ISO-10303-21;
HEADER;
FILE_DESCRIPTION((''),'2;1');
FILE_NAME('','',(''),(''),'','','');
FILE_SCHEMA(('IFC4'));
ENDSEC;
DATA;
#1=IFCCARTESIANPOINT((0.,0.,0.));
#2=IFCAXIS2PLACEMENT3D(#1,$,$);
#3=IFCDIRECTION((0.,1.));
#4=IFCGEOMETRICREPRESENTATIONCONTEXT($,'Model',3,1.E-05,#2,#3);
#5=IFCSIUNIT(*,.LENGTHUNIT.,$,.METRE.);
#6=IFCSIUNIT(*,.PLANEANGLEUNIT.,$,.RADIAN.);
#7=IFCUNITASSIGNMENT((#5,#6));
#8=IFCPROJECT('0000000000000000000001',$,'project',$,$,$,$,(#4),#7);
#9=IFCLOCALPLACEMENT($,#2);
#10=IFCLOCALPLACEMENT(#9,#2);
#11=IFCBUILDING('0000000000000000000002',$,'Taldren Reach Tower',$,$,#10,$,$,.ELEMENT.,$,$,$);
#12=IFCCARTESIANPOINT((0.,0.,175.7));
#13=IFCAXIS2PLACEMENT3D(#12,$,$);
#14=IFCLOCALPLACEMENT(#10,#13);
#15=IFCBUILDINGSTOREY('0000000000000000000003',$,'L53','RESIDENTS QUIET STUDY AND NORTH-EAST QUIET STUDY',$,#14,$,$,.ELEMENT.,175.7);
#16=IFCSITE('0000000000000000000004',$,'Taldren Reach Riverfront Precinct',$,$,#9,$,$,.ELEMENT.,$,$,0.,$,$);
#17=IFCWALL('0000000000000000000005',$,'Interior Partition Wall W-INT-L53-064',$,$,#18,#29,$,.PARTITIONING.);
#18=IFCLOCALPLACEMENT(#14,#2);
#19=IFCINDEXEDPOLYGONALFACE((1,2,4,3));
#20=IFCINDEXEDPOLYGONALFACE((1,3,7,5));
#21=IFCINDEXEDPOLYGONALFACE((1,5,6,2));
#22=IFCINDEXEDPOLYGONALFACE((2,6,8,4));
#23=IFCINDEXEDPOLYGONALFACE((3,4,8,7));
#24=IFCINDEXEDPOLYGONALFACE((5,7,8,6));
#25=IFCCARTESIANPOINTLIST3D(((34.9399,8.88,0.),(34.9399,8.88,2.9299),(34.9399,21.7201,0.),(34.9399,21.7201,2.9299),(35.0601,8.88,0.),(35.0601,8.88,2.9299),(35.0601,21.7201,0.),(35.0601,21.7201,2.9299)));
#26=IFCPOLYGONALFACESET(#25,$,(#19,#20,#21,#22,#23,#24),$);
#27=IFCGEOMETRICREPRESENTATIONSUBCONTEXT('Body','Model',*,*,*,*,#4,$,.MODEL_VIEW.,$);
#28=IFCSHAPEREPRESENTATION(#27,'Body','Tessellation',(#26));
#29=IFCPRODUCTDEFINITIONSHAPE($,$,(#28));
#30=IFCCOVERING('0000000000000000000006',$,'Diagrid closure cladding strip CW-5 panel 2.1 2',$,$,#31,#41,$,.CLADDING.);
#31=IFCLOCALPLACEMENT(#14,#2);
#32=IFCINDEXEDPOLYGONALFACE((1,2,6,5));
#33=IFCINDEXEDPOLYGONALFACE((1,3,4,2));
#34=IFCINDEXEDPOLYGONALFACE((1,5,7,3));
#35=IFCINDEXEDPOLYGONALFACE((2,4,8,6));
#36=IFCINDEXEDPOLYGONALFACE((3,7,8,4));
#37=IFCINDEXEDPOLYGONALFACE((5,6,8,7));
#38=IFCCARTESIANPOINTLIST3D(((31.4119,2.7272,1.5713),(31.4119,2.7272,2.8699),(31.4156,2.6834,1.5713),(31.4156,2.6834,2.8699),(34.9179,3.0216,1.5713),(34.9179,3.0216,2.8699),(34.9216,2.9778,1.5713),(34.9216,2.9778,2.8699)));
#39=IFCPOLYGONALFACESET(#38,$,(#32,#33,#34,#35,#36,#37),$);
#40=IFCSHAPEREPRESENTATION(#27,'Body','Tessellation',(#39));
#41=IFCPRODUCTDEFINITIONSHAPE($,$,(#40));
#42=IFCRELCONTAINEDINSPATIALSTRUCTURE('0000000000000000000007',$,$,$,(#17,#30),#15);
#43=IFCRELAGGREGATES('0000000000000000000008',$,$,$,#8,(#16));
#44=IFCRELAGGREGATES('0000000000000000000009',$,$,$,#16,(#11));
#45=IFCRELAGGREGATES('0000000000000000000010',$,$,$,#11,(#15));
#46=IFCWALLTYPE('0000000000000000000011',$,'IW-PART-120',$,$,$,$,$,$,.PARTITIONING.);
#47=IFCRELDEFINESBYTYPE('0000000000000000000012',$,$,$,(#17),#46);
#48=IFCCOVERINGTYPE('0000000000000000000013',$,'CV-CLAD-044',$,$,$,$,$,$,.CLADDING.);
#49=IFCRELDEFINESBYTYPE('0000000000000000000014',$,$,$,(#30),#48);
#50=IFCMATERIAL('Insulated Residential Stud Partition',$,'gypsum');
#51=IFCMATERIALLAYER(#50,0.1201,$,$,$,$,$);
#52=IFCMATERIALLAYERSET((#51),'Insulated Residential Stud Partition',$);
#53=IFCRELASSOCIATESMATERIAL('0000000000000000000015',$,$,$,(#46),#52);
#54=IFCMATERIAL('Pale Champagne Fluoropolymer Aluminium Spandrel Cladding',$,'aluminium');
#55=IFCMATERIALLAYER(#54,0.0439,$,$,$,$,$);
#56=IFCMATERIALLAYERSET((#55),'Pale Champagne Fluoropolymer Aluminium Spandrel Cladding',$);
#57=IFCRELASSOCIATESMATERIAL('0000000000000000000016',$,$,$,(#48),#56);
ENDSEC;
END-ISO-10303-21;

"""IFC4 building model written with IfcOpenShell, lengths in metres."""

from ifc_helpers import new_model, si_unit, direction, frame, frame_2d, origin, origin_2d, place, context, subcontext, project, spatial, rectangle, extrude, source, transform, mapped, material, layer, layer_set, type_object, element, save


model = new_model("IFC4")

# Units and contexts
model_context = context("Model", 3, precision=1e-05, world=origin(), true_north=direction((0.0, 1.0)))
body_context = subcontext(model_context, "Body", "Model", "MODEL_VIEW")
ifc_project = project(units=[si_unit("LENGTHUNIT", "METRE"), si_unit("PLANEANGLEUNIT", "RADIAN")], contexts=[model_context])

# Site, building, storey
site_placement = place(None, origin())
site = spatial("IfcSite", under=ifc_project, at=site_placement, Name="Taldren Reach Riverfront Precinct", CompositionType="ELEMENT", RefElevation=0.0)
building_placement = place(site_placement, origin())
building = spatial("IfcBuilding", under=site, at=building_placement, Name="Taldren Reach Tower", CompositionType="ELEMENT")
storey_placement = place(building_placement, frame((0.0, 0.0, 175.7)))
storey = spatial("IfcBuildingStorey", under=building, at=storey_placement, Name="L53", Description="RESIDENTS QUIET STUDY AND NORTH-EAST QUIET STUDY", CompositionType="ELEMENT", Elevation=175.7)

# Shared definitions
ifc_material_1 = material(Name="Insulated Residential Stud Partition", Category="gypsum")
ifc_layer_1 = layer(ifc_material_1, 0.1201)
ifc_layer_set_1 = layer_set([ifc_layer_1], Name="Insulated Residential Stud Partition")
wall_type_1 = type_object("IfcWallType", Name="IW-PART-120", PredefinedType="PARTITIONING", material=ifc_layer_set_1)

# Wall
shared_shape_1 = source(origin(), body_context, "Body", "SweptSolid", [
    extrude(rectangle(XDim=12.8401, YDim=0.1201, at=frame_2d((6.4199, 0.0))), origin(), (0.0, 0.0, 1.0), 2.9299),
])
wall_1_placement = place(storey_placement, frame((35.0, 21.72, 0.0), z_axis=(0.0, 0.0, 1.0), x_axis=(0.0, -1.0, 0.0)))
element("IfcWall", 1, at=wall_1_placement, inside=storey, type_object=wall_type_1, Name="Interior Partition Wall W-INT-L53-064", PredefinedType="PARTITIONING", context=body_context, shape_type="MappedRepresentation", body=[
    mapped(shared_shape_1, transform((0.0, 0.0, 0.0), scale=1.0)),
])

# Covering
ifc_material_2 = material(Name="Pale Champagne Fluoropolymer Aluminium Spandrel Cladding", Category="aluminium")
ifc_layer_2 = layer(ifc_material_2, 0.0439)
ifc_layer_set_2 = layer_set([ifc_layer_2], Name="Pale Champagne Fluoropolymer Aluminium Spandrel Cladding")
covering_type = type_object("IfcCoveringType", Name="CV-CLAD-044", PredefinedType="CLADDING", material=ifc_layer_set_2)
shared_shape_2 = source(origin(), body_context, "Body", "SweptSolid", [
    extrude(rectangle(XDim=3.5183, YDim=0.0439, at=origin_2d()), origin(), (0.0, 0.0, 1.0), 1.2986),
])
covering_placement = place(storey_placement, frame((33.1667, 2.8525, 1.5713), z_axis=(0.0, 0.0, 1.0), x_axis=(0.996493, 0.083678, 0.0)))
element("IfcCovering", 2, at=covering_placement, inside=storey, type_object=covering_type, Name="Diagrid closure cladding strip CW-5 panel 2.1 2", PredefinedType="CLADDING", context=body_context, shape_type="MappedRepresentation", body=[
    mapped(shared_shape_2, transform((0.0, 0.0, 0.0), scale=1.0)),
])

save(model, "model.ifc")
